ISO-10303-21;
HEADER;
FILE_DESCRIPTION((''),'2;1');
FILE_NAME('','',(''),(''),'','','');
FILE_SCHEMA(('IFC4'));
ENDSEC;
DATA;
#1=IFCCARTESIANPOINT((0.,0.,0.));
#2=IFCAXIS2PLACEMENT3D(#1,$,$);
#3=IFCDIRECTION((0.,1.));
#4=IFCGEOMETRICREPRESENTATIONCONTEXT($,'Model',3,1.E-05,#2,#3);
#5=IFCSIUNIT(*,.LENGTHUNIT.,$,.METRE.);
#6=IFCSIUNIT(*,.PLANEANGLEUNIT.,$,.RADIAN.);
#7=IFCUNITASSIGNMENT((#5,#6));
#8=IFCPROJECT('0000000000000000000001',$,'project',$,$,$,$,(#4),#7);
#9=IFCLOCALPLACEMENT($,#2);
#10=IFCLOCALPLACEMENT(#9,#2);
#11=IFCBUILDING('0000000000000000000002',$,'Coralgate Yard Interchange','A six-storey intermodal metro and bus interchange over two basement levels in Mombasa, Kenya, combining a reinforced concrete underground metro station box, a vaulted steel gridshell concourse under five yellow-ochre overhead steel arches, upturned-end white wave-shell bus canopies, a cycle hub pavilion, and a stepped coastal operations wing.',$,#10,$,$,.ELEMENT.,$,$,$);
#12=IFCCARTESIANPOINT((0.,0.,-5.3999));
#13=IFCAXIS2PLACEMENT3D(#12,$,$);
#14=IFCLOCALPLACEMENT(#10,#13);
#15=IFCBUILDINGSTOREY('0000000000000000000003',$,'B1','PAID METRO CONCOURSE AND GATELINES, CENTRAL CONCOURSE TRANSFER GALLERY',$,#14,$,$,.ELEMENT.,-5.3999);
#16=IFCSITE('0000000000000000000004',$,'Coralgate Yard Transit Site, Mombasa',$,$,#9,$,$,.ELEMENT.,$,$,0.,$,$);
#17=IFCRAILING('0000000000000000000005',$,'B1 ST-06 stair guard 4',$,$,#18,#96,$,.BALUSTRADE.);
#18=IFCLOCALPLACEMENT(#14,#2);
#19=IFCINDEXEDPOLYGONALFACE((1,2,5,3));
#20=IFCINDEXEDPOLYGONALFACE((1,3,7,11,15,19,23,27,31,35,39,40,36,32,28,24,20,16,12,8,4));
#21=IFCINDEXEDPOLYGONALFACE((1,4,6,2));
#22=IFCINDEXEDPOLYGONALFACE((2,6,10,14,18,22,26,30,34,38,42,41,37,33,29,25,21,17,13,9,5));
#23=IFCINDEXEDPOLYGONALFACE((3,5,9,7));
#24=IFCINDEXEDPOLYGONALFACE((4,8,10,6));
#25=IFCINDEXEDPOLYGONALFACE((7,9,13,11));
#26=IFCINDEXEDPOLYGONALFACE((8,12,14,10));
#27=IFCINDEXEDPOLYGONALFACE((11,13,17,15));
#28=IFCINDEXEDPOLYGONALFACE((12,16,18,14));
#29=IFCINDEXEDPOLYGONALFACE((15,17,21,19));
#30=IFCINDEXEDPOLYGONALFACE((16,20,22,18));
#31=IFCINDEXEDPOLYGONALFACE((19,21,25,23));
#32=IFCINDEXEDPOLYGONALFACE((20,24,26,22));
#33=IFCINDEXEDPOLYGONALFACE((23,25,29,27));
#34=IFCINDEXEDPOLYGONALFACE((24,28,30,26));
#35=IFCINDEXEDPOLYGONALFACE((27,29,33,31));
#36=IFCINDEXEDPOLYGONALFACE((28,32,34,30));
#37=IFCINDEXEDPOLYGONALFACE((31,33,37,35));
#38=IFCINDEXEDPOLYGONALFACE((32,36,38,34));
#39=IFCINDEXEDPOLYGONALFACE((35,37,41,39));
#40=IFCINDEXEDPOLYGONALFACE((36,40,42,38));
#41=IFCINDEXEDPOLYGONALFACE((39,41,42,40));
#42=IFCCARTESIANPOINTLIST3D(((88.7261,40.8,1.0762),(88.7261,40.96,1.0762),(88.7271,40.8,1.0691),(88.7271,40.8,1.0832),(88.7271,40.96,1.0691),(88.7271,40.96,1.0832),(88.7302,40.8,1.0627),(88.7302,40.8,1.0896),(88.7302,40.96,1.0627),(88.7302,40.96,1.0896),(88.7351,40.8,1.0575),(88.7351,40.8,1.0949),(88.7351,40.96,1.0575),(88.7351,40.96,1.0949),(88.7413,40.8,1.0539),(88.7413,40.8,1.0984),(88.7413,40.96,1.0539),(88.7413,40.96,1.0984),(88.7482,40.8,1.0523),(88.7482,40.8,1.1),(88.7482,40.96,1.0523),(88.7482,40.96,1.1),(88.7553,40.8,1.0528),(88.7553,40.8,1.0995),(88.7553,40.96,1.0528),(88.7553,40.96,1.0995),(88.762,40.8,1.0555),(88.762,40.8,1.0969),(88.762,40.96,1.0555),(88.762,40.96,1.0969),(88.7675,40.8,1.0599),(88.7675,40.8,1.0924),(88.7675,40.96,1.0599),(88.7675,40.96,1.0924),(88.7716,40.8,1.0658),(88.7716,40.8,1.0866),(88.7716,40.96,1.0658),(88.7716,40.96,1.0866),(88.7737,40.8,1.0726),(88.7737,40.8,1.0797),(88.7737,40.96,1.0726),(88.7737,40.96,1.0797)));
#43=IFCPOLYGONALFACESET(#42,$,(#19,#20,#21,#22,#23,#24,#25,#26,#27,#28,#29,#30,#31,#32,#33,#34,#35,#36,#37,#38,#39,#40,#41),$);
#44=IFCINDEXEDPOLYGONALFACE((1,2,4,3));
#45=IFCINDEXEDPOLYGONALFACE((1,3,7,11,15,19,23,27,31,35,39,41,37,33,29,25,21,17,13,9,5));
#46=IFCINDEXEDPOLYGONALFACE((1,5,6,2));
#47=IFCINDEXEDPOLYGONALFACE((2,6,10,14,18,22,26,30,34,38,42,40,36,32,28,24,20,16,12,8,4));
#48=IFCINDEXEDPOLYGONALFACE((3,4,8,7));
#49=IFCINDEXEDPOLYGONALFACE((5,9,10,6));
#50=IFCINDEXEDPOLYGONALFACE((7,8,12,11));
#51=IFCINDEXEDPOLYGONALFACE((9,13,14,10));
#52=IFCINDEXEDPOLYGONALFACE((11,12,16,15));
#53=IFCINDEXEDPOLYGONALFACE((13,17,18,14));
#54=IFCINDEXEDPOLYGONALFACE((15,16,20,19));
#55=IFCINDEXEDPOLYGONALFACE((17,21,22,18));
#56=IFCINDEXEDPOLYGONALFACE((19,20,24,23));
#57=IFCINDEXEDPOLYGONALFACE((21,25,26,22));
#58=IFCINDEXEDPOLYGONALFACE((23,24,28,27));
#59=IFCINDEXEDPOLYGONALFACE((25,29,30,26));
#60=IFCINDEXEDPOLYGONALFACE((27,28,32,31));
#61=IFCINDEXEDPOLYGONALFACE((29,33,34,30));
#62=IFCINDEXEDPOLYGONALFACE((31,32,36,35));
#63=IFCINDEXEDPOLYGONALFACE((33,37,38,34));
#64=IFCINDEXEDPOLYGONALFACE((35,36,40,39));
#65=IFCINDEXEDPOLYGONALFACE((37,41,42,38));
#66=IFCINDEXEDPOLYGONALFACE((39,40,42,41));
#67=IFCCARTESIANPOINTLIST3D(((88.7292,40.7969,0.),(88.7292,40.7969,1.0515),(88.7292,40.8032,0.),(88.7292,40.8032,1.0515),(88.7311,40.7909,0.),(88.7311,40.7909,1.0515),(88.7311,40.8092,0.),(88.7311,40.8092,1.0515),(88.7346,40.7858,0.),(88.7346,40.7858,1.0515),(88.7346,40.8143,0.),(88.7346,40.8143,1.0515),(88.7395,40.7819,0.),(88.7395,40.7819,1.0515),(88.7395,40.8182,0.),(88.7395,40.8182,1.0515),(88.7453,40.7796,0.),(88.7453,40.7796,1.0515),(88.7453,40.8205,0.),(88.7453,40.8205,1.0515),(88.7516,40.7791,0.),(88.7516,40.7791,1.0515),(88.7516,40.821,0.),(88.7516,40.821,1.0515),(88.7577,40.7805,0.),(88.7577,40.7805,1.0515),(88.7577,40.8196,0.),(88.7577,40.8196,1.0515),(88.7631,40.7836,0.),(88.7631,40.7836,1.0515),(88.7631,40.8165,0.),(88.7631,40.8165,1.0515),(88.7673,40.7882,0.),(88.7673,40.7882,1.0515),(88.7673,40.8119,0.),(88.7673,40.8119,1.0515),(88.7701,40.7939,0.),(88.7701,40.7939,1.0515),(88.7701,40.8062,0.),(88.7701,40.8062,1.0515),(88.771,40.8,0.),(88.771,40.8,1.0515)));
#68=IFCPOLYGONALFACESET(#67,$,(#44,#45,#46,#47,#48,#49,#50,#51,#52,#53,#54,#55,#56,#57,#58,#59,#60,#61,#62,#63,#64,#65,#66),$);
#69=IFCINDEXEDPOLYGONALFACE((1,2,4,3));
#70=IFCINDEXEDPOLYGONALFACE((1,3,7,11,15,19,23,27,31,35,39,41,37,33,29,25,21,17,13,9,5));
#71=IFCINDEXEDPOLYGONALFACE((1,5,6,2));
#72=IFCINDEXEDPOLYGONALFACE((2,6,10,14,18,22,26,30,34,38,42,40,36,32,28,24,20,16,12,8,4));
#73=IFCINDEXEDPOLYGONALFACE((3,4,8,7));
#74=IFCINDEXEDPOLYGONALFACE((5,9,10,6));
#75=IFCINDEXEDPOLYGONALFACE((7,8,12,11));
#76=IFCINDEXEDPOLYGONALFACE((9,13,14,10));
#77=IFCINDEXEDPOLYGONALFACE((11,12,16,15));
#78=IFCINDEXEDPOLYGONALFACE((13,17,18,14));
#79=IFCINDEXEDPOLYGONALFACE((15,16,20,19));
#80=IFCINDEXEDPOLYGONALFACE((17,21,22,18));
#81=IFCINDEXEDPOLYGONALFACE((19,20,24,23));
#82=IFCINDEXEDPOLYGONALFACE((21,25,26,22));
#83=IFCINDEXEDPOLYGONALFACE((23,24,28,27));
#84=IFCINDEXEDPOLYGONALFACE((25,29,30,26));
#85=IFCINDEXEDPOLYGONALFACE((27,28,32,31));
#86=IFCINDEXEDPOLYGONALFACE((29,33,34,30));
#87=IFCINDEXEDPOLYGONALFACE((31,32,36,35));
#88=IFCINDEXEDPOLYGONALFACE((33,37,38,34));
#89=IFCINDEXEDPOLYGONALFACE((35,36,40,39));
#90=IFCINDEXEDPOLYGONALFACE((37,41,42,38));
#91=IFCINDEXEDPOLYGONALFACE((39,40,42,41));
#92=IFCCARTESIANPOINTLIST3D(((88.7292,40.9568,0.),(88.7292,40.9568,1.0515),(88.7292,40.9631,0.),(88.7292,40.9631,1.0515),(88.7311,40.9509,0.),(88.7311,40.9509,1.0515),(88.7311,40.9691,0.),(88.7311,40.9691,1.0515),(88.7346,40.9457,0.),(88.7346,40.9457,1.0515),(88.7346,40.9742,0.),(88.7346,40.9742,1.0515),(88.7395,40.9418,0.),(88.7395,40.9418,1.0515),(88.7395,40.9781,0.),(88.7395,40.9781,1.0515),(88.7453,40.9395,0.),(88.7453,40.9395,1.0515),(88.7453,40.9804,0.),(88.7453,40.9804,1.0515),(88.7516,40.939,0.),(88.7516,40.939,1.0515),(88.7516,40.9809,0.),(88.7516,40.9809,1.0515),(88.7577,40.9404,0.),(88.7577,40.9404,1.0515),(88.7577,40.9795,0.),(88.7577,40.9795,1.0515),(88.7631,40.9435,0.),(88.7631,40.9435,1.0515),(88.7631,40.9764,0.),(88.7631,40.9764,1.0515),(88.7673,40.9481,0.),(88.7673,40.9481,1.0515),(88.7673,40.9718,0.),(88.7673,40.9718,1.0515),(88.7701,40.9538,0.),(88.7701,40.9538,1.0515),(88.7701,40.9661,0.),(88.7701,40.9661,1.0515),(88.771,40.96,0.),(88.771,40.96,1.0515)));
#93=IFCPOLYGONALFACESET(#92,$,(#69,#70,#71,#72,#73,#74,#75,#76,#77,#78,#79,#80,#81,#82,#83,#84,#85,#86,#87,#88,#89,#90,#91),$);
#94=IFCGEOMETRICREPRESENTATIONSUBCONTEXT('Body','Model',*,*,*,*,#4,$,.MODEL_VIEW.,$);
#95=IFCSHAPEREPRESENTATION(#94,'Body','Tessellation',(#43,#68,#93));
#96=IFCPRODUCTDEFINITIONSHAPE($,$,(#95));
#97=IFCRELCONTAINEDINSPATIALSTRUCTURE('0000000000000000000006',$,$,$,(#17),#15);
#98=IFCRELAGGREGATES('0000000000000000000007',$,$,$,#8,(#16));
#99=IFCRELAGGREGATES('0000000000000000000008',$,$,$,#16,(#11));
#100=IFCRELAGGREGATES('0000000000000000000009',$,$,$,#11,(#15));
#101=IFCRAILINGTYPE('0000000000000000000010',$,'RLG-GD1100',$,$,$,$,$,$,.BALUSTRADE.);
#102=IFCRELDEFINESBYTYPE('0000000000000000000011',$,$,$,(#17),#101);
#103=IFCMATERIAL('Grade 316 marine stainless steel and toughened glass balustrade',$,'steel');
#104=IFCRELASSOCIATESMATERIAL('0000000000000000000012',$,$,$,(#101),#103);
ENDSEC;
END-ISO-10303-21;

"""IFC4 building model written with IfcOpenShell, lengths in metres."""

from ifc_helpers import new_model, si_unit, direction, frame, origin, origin_2d, place, context, subcontext, project, spatial, circle, extrude, material, type_object, element, save


model = new_model("IFC4")

# Units and contexts
model_context = context("Model", 3, precision=1e-05, world=origin(), true_north=direction((0.0, 1.0)))
body_context = subcontext(model_context, "Body", "Model", "MODEL_VIEW")
ifc_project = project(units=[si_unit("LENGTHUNIT", "METRE"), si_unit("PLANEANGLEUNIT", "RADIAN")], contexts=[model_context])

# Site, building, storey
site_placement = place(None, origin())
site = spatial("IfcSite", under=ifc_project, at=site_placement, Name="Coralgate Yard Transit Site, Mombasa", CompositionType="ELEMENT", RefElevation=0.0)
building_placement = place(site_placement, origin())
building = spatial("IfcBuilding", under=site, at=building_placement, Name="Coralgate Yard Interchange", Description="A six-storey intermodal metro and bus interchange over two basement levels in Mombasa, Kenya, combining a reinforced concrete underground metro station box, a vaulted steel gridshell concourse under five yellow-ochre overhead steel arches, upturned-end white wave-shell bus canopies, a cycle hub pavilion, and a stepped coastal operations wing.", CompositionType="ELEMENT")
storey_placement = place(building_placement, frame((0.0, 0.0, -5.3999)))
storey = spatial("IfcBuildingStorey", under=building, at=storey_placement, Name="B1", Description="PAID METRO CONCOURSE AND GATELINES, CENTRAL CONCOURSE TRANSFER GALLERY", CompositionType="ELEMENT", Elevation=-5.3999)

# Railing
ifc_material_1 = material(Name="Grade 316 marine stainless steel and toughened glass balustrade", Category="steel")
railing_type_1 = type_object("IfcRailingType", Name="RLG-GD1100", PredefinedType="BALUSTRADE", material=ifc_material_1)
railing_1_placement = place(storey_placement, frame((88.75, 40.8, 0.0)))
element("IfcRailing", 1, at=railing_1_placement, inside=storey, type_object=railing_type_1, Name="B1 ST-06 stair guard 4", PredefinedType="BALUSTRADE", context=body_context, shape_type="SweptSolid", body=[
    extrude(circle(Radius=0.0239, at=origin_2d()), frame((0.0, 0.0, 1.0762), z_axis=(0.0, 1.0, 0.0), x_axis=(-1.0, 0.0, 0.0)), (0.0, 0.0, 1.0), 0.1599),
    extrude(circle(Radius=0.021, at=origin_2d()), origin(), (0.0, 0.0, 1.0), 1.0515),
    extrude(circle(Radius=0.021, at=origin_2d()), frame((0.0, 0.1599, 0.0)), (0.0, 0.0, 1.0), 1.0515),
])

save(model, "model.ifc")
